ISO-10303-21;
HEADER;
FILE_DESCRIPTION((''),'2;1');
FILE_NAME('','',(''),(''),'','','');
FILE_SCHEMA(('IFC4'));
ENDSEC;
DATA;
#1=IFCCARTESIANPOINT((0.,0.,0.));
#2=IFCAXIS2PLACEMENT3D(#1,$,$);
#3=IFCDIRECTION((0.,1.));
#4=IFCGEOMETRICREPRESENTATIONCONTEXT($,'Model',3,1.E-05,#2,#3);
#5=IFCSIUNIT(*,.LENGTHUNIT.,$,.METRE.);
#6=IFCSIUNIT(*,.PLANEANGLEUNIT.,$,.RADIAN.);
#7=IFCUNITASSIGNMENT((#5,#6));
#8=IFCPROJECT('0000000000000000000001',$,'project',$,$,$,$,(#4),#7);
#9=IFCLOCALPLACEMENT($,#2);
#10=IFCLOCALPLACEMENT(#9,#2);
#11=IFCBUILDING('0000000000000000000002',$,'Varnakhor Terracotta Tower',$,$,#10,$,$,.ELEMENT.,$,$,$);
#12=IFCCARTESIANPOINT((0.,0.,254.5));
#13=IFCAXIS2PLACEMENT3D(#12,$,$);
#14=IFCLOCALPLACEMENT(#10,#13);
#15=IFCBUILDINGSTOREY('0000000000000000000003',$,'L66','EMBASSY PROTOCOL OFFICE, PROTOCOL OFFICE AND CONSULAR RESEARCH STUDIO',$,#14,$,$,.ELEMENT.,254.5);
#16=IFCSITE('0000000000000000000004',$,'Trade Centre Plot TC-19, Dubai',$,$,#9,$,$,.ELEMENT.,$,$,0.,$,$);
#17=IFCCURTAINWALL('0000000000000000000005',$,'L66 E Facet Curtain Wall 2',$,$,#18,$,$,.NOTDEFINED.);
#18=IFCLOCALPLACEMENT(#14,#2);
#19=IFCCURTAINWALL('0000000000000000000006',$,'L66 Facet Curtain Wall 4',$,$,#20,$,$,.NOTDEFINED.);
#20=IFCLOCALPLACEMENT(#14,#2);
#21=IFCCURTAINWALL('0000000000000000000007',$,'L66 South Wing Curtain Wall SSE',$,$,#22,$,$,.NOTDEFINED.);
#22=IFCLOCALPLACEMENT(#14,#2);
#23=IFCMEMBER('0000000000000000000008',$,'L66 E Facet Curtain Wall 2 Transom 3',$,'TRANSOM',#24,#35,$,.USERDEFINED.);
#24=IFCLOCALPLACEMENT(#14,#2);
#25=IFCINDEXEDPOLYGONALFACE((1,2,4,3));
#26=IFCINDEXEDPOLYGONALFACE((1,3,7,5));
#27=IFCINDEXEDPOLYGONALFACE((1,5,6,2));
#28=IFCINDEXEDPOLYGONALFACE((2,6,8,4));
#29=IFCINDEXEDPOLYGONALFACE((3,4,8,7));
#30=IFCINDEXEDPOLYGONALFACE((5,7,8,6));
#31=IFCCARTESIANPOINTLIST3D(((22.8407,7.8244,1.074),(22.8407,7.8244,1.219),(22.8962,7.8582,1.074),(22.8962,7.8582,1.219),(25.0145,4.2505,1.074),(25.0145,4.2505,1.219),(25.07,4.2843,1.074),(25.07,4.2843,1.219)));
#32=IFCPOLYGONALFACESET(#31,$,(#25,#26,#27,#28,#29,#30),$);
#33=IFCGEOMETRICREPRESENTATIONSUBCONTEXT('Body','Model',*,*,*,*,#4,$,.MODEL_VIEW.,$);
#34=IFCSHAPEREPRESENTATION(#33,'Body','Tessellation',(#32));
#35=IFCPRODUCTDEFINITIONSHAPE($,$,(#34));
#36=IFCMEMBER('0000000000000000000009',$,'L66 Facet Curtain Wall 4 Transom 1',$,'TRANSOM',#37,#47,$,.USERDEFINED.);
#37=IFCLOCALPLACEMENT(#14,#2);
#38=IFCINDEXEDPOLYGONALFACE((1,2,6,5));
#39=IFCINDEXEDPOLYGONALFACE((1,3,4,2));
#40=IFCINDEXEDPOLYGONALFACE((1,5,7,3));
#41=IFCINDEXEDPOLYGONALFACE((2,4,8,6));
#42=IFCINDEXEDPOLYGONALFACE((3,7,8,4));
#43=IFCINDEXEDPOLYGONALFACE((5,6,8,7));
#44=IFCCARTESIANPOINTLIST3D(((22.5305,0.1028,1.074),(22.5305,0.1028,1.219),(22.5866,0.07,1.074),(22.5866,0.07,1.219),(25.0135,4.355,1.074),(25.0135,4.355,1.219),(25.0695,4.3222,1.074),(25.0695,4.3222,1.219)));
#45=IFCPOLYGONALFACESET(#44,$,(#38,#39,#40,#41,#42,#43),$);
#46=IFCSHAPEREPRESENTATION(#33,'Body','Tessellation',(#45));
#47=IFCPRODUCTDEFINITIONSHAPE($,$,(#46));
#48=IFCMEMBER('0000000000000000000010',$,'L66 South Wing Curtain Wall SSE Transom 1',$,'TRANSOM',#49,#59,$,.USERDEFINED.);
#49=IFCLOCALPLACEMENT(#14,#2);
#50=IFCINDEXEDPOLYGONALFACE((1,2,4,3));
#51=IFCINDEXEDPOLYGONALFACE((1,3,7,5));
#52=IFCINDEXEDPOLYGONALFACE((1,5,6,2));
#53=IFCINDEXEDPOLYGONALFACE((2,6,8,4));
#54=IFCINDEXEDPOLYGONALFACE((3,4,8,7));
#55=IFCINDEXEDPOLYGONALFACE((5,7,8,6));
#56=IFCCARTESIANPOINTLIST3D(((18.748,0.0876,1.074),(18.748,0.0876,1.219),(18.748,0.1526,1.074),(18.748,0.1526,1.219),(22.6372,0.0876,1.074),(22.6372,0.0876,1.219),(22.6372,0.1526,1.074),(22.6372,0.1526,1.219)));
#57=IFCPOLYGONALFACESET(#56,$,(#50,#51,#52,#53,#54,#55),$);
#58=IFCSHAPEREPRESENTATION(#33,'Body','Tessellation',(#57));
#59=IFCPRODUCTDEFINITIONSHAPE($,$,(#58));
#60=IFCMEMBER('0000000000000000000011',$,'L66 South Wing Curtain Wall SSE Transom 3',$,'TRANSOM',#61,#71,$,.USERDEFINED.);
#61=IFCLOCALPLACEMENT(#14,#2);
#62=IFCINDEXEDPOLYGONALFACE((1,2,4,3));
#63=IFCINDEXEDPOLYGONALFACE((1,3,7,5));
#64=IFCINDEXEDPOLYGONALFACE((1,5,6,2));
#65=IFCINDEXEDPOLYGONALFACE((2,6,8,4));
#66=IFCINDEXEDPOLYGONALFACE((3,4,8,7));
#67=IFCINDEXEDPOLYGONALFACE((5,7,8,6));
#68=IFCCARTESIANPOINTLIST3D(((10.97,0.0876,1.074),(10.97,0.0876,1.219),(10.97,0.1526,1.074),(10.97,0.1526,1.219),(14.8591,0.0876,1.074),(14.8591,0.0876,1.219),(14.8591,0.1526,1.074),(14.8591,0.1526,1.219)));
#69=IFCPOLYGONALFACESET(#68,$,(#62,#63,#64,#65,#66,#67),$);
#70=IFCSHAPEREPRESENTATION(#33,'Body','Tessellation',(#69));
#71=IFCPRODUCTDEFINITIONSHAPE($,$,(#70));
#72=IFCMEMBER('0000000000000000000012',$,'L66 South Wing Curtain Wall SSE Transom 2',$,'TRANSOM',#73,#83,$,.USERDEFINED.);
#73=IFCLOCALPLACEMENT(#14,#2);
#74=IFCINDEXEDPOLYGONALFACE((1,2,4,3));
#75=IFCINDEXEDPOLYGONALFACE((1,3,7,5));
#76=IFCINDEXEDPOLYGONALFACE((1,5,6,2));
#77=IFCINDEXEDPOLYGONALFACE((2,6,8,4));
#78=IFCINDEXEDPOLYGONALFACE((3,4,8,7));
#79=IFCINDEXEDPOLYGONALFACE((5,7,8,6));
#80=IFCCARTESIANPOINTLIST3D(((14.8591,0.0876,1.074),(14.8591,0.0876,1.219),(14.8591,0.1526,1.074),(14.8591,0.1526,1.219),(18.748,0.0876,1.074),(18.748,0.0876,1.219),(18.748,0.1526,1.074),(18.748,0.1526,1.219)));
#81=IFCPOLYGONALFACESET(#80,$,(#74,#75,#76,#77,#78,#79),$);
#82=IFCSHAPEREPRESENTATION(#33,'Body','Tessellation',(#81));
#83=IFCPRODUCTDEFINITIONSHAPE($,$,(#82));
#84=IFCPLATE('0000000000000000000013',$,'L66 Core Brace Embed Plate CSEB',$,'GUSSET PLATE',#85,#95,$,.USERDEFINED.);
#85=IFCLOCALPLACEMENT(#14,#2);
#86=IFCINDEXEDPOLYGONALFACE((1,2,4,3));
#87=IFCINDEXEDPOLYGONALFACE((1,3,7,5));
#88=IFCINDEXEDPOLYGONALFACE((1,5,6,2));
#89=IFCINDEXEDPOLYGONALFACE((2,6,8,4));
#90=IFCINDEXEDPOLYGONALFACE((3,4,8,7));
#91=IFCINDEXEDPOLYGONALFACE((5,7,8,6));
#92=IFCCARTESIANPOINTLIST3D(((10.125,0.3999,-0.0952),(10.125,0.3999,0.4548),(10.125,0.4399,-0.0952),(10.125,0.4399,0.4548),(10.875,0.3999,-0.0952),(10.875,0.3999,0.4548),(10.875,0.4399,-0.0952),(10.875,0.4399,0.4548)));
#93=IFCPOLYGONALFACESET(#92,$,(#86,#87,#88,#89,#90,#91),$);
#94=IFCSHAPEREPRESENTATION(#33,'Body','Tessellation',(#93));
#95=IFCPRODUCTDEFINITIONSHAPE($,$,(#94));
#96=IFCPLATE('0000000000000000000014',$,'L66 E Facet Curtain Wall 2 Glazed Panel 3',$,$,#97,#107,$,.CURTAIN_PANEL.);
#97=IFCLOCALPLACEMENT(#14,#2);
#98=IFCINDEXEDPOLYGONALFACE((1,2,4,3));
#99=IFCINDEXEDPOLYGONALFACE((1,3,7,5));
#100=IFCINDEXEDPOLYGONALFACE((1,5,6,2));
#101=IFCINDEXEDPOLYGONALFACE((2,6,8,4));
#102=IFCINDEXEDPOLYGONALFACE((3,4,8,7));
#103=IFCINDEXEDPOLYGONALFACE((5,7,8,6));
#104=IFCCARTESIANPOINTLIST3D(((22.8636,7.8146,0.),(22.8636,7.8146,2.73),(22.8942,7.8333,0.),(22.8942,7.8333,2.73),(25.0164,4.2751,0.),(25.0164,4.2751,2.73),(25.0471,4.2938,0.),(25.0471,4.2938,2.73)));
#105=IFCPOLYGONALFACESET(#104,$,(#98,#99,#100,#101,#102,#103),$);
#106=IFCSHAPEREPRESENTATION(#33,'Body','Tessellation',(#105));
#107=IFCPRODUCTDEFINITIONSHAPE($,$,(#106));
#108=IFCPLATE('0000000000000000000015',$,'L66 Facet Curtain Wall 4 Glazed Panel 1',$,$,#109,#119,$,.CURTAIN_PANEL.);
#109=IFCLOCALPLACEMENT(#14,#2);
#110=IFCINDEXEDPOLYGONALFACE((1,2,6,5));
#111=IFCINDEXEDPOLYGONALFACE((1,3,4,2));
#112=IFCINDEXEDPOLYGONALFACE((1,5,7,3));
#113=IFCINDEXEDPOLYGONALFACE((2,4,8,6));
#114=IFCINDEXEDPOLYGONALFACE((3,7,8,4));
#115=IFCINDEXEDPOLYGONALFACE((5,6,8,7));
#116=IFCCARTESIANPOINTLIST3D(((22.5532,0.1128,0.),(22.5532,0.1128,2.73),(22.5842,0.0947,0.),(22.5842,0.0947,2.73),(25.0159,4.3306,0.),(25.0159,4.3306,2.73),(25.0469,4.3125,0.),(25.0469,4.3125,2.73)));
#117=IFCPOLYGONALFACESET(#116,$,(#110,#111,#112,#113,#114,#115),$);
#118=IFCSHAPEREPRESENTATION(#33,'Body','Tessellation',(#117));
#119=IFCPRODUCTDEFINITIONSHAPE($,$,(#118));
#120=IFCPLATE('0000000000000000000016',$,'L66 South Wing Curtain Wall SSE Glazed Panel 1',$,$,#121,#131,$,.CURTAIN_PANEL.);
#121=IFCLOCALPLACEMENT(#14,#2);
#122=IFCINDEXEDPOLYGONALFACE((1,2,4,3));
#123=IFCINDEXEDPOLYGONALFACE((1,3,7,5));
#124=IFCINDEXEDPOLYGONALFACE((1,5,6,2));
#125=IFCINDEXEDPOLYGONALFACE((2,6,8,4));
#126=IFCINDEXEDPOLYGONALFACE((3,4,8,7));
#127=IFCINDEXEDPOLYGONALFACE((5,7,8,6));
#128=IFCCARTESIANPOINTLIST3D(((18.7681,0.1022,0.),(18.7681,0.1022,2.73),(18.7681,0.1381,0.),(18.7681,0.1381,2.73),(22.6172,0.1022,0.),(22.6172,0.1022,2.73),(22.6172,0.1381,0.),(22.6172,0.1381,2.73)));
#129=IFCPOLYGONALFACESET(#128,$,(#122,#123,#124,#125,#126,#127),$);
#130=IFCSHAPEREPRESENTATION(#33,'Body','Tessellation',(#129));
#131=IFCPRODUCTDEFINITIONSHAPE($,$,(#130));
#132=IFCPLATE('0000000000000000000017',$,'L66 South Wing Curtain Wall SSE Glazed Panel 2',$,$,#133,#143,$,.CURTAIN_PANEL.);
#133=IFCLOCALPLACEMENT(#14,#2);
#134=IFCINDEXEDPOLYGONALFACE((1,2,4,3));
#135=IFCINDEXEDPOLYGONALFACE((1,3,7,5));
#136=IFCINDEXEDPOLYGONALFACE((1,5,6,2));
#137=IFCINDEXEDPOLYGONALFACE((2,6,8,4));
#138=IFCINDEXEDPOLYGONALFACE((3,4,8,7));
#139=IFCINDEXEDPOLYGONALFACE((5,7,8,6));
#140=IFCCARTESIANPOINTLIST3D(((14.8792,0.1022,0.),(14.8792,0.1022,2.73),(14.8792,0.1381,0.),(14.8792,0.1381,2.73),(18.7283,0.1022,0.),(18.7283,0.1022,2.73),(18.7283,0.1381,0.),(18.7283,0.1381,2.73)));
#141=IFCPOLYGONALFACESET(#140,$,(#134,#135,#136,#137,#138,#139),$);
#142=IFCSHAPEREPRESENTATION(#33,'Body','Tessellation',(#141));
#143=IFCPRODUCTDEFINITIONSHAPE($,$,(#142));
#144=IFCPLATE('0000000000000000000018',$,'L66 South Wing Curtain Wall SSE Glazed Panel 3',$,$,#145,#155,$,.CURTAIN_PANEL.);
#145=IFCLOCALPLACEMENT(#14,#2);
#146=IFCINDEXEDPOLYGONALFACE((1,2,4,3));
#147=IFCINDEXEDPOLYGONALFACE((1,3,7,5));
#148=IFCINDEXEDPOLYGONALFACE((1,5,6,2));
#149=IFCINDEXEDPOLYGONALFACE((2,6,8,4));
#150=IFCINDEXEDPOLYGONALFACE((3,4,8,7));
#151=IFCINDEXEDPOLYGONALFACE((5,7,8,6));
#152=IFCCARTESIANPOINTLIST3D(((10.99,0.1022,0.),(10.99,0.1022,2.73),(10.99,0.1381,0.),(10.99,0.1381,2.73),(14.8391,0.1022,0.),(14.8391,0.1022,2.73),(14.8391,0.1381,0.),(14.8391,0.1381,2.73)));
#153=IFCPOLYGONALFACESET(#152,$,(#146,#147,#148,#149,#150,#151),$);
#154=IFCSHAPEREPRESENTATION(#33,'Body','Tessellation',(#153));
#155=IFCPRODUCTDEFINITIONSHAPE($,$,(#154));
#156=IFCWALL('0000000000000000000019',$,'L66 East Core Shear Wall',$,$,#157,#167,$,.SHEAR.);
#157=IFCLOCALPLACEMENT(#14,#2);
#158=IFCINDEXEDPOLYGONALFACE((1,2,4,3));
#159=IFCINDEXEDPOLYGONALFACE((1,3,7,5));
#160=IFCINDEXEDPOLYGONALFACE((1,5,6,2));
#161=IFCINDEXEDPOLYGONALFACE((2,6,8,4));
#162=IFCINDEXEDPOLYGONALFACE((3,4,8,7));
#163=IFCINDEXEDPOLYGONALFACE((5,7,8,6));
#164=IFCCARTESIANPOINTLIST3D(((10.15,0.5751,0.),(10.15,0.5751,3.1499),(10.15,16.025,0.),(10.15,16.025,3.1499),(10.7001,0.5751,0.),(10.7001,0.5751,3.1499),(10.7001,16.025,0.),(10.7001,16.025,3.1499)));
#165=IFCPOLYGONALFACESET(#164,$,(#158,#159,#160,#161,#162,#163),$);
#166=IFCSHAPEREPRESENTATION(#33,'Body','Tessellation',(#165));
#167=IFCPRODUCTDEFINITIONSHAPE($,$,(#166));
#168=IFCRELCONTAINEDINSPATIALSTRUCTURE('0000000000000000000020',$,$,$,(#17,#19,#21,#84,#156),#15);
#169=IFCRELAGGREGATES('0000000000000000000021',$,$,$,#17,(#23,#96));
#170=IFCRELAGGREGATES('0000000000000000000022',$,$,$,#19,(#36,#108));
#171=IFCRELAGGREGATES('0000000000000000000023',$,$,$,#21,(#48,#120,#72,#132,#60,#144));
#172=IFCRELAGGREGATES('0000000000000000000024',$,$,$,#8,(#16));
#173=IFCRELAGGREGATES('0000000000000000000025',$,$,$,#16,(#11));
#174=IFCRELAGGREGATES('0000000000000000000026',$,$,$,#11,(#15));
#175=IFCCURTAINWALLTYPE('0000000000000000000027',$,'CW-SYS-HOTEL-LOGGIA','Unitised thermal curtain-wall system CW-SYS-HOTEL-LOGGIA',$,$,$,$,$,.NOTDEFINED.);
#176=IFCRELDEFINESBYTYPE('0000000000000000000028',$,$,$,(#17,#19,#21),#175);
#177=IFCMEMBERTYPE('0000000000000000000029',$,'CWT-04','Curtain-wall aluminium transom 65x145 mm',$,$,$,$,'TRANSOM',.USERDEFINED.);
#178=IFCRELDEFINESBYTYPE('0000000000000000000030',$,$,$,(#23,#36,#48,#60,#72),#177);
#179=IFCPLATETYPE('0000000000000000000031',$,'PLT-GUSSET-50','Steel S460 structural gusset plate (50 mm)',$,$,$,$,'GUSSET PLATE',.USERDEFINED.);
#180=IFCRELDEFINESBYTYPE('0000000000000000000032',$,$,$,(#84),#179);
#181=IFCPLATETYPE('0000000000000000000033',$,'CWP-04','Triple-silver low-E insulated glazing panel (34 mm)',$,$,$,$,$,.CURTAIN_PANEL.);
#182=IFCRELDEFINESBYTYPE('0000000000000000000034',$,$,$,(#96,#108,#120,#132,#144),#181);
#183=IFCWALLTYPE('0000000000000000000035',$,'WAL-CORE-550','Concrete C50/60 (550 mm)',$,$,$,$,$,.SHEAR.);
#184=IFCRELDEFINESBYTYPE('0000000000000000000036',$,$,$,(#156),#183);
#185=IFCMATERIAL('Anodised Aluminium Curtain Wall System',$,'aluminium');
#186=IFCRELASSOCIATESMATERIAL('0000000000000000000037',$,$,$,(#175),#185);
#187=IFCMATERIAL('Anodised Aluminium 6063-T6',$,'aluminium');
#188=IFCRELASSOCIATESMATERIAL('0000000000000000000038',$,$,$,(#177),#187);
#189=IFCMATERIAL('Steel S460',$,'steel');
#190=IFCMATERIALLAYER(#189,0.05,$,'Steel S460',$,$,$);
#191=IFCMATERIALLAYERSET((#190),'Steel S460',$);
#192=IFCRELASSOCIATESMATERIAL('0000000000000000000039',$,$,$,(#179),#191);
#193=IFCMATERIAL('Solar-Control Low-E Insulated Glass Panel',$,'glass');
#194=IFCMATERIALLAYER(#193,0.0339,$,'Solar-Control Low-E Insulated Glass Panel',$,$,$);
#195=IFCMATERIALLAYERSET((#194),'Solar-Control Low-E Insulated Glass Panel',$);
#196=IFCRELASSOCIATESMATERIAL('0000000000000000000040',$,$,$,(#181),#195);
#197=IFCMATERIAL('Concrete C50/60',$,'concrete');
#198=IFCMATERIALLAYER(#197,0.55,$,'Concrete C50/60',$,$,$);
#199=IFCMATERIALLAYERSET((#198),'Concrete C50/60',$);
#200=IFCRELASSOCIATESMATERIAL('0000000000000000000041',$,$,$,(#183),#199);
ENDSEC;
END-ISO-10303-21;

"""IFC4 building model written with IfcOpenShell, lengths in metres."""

from ifc_helpers import new_model, si_unit, direction, frame, frame_2d, origin, origin_2d, place, context, subcontext, project, spatial, rectangle, extrude, source, transform, mapped, material, layer, layer_set, material_profile, profile_set, type_object, type_shapes, element, aggregate, save


model = new_model("IFC4")

# Units and contexts
model_context = context("Model", 3, precision=1e-05, world=origin(), true_north=direction((0.0, 1.0)))
body_context = subcontext(model_context, "Body", "Model", "MODEL_VIEW")
ifc_project = project(units=[si_unit("LENGTHUNIT", "METRE"), si_unit("PLANEANGLEUNIT", "RADIAN")], contexts=[model_context])

# Site, building, storey
site_placement = place(None, origin())
site = spatial("IfcSite", under=ifc_project, at=site_placement, Name="Trade Centre Plot TC-19, Dubai", CompositionType="ELEMENT", RefElevation=0.0)
building_placement = place(site_placement, origin())
building = spatial("IfcBuilding", under=site, at=building_placement, Name="Varnakhor Terracotta Tower", CompositionType="ELEMENT")
storey_placement = place(building_placement, frame((0.0, 0.0, 254.5)))
storey = spatial("IfcBuildingStorey", under=building, at=storey_placement, Name="L66", Description="EMBASSY PROTOCOL OFFICE, PROTOCOL OFFICE AND CONSULAR RESEARCH STUDIO", CompositionType="ELEMENT", Elevation=254.5)

# Shared definitions
ifc_material_1 = material(Name="Concrete C50/60", Category="concrete")
ifc_material_2 = material(Name="Steel S460", Category="steel")

# Curtain walls
ifc_material_3 = material(Name="Anodised Aluminium Curtain Wall System", Category="aluminium")
curtain_wall_type = type_object("IfcCurtainWallType", Name="CW-SYS-HOTEL-LOGGIA", Description="Unitised thermal curtain-wall system CW-SYS-HOTEL-LOGGIA", PredefinedType="NOTDEFINED", material=ifc_material_3)
curtain_wall_1_placement = place(storey_placement, origin())
curtain_wall_1 = element("IfcCurtainWall", 1, at=curtain_wall_1_placement, inside=storey, type_object=curtain_wall_type, Name="L66 E Facet Curtain Wall 2", PredefinedType="NOTDEFINED")
ifc_material_4 = material(Name="Anodised Aluminium 6063-T6", Category="aluminium")
curtain_wall_2_placement = place(storey_placement, origin())
curtain_wall_2 = element("IfcCurtainWall", 2, at=curtain_wall_2_placement, inside=storey, type_object=curtain_wall_type, Name="L66 Facet Curtain Wall 4", PredefinedType="NOTDEFINED")

# Curtain wall
curtain_wall_3_placement = place(storey_placement, origin())
curtain_wall_3 = element("IfcCurtainWall", 3, at=curtain_wall_3_placement, inside=storey, type_object=curtain_wall_type, Name="L66 South Wing Curtain Wall SSE", PredefinedType="NOTDEFINED")

# Members
ifc_material_profile_1 = material_profile(ifc_material_4, rectangle(XDim=0.0649, YDim=0.145, at=origin_2d()), Name="ALU TRANSOM 65x145")
ifc_profile_set_1 = profile_set([ifc_material_profile_1], Name="Anodised Aluminium 6063-T6")
member_type_1 = type_object("IfcMemberType", Name="CWT-04", Description="Curtain-wall aluminium transom 65x145 mm", ElementType="TRANSOM", PredefinedType="USERDEFINED", material=ifc_profile_set_1)
shared_shape_1 = source(origin(), body_context, "Body", "SweptSolid", [
    extrude(rectangle(XDim=0.0649, YDim=0.145, at=origin_2d()), origin(), (0.0, 0.0, 1.0), 4.1831),
])
member_1_placement = place(storey_placement, frame((22.8684, 7.8413, 1.1465), z_axis=(0.519662, -0.854372, 0.0), x_axis=(0.854372, 0.519662, 0.0)))
member_1 = element("IfcMember", 4, at=member_1_placement, type_object=member_type_1, Name="L66 E Facet Curtain Wall 2 Transom 3", ObjectType="TRANSOM", PredefinedType="USERDEFINED", context=body_context, shape_type="MappedRepresentation", body=[
    mapped(shared_shape_1, transform((0.0, 0.0, 0.0), scale=1.0)),
])
shared_shape_2 = source(origin(), body_context, "Body", "SweptSolid", [
    extrude(rectangle(XDim=0.0649, YDim=0.145, at=origin_2d()), origin(), (0.0, 0.0, 1.0), 4.9241),
])
member_2_placement = place(storey_placement, frame((25.0415, 4.3386, 1.1465), z_axis=(-0.504244, -0.863561, 0.0), x_axis=(0.863561, -0.504244, 0.0)))
member_2 = element("IfcMember", 5, at=member_2_placement, type_object=member_type_1, Name="L66 Facet Curtain Wall 4 Transom 1", ObjectType="TRANSOM", PredefinedType="USERDEFINED", context=body_context, shape_type="MappedRepresentation", body=[
    mapped(shared_shape_2, transform((0.0, 0.0, 0.0), scale=1.0)),
])
shared_shape_3 = source(origin(), body_context, "Body", "SweptSolid", [
    extrude(rectangle(XDim=0.0649, YDim=0.145, at=origin_2d()), origin(), (0.0, 0.0, 1.0), 3.8892),
])
member_3_placement = place(storey_placement, frame((22.6372, 0.1201, 1.1465), z_axis=(-1.0, 0.0, 0.0), x_axis=(0.0, -1.0, 0.0)))
member_3 = element("IfcMember", 6, at=member_3_placement, type_object=member_type_1, Name="L66 South Wing Curtain Wall SSE Transom 1", ObjectType="TRANSOM", PredefinedType="USERDEFINED", context=body_context, shape_type="MappedRepresentation", body=[
    mapped(shared_shape_3, transform((0.0, 0.0, 0.0), scale=1.0)),
])
member_4_placement = place(storey_placement, frame((14.8591, 0.1201, 1.1465), z_axis=(-1.0, 0.0, 0.0), x_axis=(0.0, -1.0, 0.0)))
member_4 = element("IfcMember", 7, at=member_4_placement, type_object=member_type_1, Name="L66 South Wing Curtain Wall SSE Transom 3", ObjectType="TRANSOM", PredefinedType="USERDEFINED", context=body_context, shape_type="MappedRepresentation", body=[
    mapped(shared_shape_3, transform((0.0, 0.0, 0.0), scale=1.0)),
])
shared_shape_4 = source(origin(), body_context, "Body", "SweptSolid", [
    extrude(rectangle(XDim=0.0649, YDim=0.145, at=origin_2d()), origin(), (0.0, 0.0, 1.0), 3.8889),
])
member_5_placement = place(storey_placement, frame((18.748, 0.1201, 1.1465), z_axis=(-1.0, 0.0, 0.0), x_axis=(0.0, -1.0, 0.0)))
member_5 = element("IfcMember", 8, at=member_5_placement, type_object=member_type_1, Name="L66 South Wing Curtain Wall SSE Transom 2", ObjectType="TRANSOM", PredefinedType="USERDEFINED", context=body_context, shape_type="MappedRepresentation", body=[
    mapped(shared_shape_4, transform((0.0, 0.0, 0.0), scale=1.0)),
])

# Plates
ifc_layer_1 = layer(ifc_material_2, 0.05, Name="Steel S460")
ifc_layer_set_1 = layer_set([ifc_layer_1], Name="Steel S460")
plate_type_1 = type_object("IfcPlateType", Name="PLT-GUSSET-50", Description="Steel S460 structural gusset plate (50 mm)", ElementType="GUSSET PLATE", PredefinedType="USERDEFINED", material=ifc_layer_set_1)
shared_shape_5 = source(origin(), body_context, "Body", "SweptSolid", [
    extrude(rectangle(XDim=0.75, YDim=0.04, at=origin_2d()), origin(), (0.0, 0.0, 1.0), 0.55),
])
type_shapes(plate_type_1, [shared_shape_5])
plate_1_placement = place(storey_placement, frame((10.5, 0.4199, -0.0952), z_axis=(0.0, 0.0, 1.0), x_axis=(1.0, 0.0, 0.0)))
element("IfcPlate", 9, at=plate_1_placement, inside=storey, type_object=plate_type_1, Name="L66 Core Brace Embed Plate CSEB", ObjectType="GUSSET PLATE", PredefinedType="USERDEFINED", context=body_context, shape_type="MappedRepresentation", body=[
    mapped(shared_shape_5, transform((0.0, 0.0, 0.0), scale=1.0)),
])
ifc_material_5 = material(Name="Solar-Control Low-E Insulated Glass Panel", Category="glass")
ifc_layer_2 = layer(ifc_material_5, 0.0339, Name="Solar-Control Low-E Insulated Glass Panel")
ifc_layer_set_2 = layer_set([ifc_layer_2], Name="Solar-Control Low-E Insulated Glass Panel")
plate_type_2 = type_object("IfcPlateType", Name="CWP-04", Description="Triple-silver low-E insulated glazing panel (34 mm)", PredefinedType="CURTAIN_PANEL", material=ifc_layer_set_2)
shared_shape_6 = source(origin(), body_context, "Body", "SweptSolid", [
    extrude(rectangle(XDim=4.1428, YDim=0.0359, at=origin_2d()), origin(), (0.0, 0.0, 1.0), 2.73),
])
plate_2_placement = place(storey_placement, frame((23.9553, 6.0542, 0.0), z_axis=(0.0, 0.0, 1.0), x_axis=(0.519653, -0.854377, 0.0)))
plate_2 = element("IfcPlate", 10, at=plate_2_placement, type_object=plate_type_2, Name="L66 E Facet Curtain Wall 2 Glazed Panel 3", PredefinedType="CURTAIN_PANEL", context=body_context, shape_type="MappedRepresentation", body=[
    mapped(shared_shape_6, transform((0.0, 0.0, 0.0), scale=1.0)),
])
aggregate(curtain_wall_1, [member_1, plate_2])
shared_shape_7 = source(origin(), body_context, "Body", "SweptSolid", [
    extrude(rectangle(XDim=4.884, YDim=0.0359, at=origin_2d()), origin(), (0.0, 0.0, 1.0), 2.73),
])
plate_3_placement = place(storey_placement, frame((23.8, 2.2126, 0.0), z_axis=(0.0, 0.0, 1.0), x_axis=(-0.504226, -0.863572, 0.0)))
plate_3 = element("IfcPlate", 11, at=plate_3_placement, type_object=plate_type_2, Name="L66 Facet Curtain Wall 4 Glazed Panel 1", PredefinedType="CURTAIN_PANEL", context=body_context, shape_type="MappedRepresentation", body=[
    mapped(shared_shape_7, transform((0.0, 0.0, 0.0), scale=1.0)),
])
aggregate(curtain_wall_2, [member_2, plate_3])
shared_shape_8 = source(origin(), body_context, "Body", "SweptSolid", [
    extrude(rectangle(XDim=3.8491, YDim=0.0359, at=origin_2d()), origin(), (0.0, 0.0, 1.0), 2.73),
])
plate_4_placement = place(storey_placement, frame((20.6926, 0.1201, 0.0), z_axis=(0.0, 0.0, 1.0), x_axis=(-1.0, 0.0, 0.0)))
plate_4 = element("IfcPlate", 12, at=plate_4_placement, type_object=plate_type_2, Name="L66 South Wing Curtain Wall SSE Glazed Panel 1", PredefinedType="CURTAIN_PANEL", context=body_context, shape_type="MappedRepresentation", body=[
    mapped(shared_shape_8, transform((0.0, 0.0, 0.0), scale=1.0)),
])
plate_5_placement = place(storey_placement, frame((16.8037, 0.1201, 0.0), z_axis=(0.0, 0.0, 1.0), x_axis=(-1.0, 0.0, 0.0)))
plate_5 = element("IfcPlate", 13, at=plate_5_placement, type_object=plate_type_2, Name="L66 South Wing Curtain Wall SSE Glazed Panel 2", PredefinedType="CURTAIN_PANEL", context=body_context, shape_type="MappedRepresentation", body=[
    mapped(shared_shape_8, transform((0.0, 0.0, 0.0), scale=1.0)),
])
plate_6_placement = place(storey_placement, frame((12.9146, 0.1201, 0.0), z_axis=(0.0, 0.0, 1.0), x_axis=(-1.0, 0.0, 0.0)))
plate_6 = element("IfcPlate", 14, at=plate_6_placement, type_object=plate_type_2, Name="L66 South Wing Curtain Wall SSE Glazed Panel 3", PredefinedType="CURTAIN_PANEL", context=body_context, shape_type="MappedRepresentation", body=[
    mapped(shared_shape_8, transform((0.0, 0.0, 0.0), scale=1.0)),
])
aggregate(curtain_wall_3, [member_3, plate_4, member_5, plate_5, member_4, plate_6])

# Wall
ifc_layer_3 = layer(ifc_material_1, 0.55, Name="Concrete C50/60")
ifc_layer_set_3 = layer_set([ifc_layer_3], Name="Concrete C50/60")
wall_type = type_object("IfcWallType", Name="WAL-CORE-550", Description="Concrete C50/60 (550 mm)", PredefinedType="SHEAR", material=ifc_layer_set_3)
wall_placement = place(storey_placement, frame((10.425, 0.575, 0.0), z_axis=(0.0, 0.0, 1.0), x_axis=(0.0, 1.0, 0.0)))
element("IfcWall", 15, at=wall_placement, inside=storey, type_object=wall_type, Name="L66 East Core Shear Wall", PredefinedType="SHEAR", context=body_context, shape_type="SweptSolid", body=[
    extrude(rectangle(XDim=15.45, YDim=0.55, at=frame_2d((7.7251, 0.0))), origin(), (0.0, 0.0, 1.0), 3.1499),
])

save(model, "model.ifc")
